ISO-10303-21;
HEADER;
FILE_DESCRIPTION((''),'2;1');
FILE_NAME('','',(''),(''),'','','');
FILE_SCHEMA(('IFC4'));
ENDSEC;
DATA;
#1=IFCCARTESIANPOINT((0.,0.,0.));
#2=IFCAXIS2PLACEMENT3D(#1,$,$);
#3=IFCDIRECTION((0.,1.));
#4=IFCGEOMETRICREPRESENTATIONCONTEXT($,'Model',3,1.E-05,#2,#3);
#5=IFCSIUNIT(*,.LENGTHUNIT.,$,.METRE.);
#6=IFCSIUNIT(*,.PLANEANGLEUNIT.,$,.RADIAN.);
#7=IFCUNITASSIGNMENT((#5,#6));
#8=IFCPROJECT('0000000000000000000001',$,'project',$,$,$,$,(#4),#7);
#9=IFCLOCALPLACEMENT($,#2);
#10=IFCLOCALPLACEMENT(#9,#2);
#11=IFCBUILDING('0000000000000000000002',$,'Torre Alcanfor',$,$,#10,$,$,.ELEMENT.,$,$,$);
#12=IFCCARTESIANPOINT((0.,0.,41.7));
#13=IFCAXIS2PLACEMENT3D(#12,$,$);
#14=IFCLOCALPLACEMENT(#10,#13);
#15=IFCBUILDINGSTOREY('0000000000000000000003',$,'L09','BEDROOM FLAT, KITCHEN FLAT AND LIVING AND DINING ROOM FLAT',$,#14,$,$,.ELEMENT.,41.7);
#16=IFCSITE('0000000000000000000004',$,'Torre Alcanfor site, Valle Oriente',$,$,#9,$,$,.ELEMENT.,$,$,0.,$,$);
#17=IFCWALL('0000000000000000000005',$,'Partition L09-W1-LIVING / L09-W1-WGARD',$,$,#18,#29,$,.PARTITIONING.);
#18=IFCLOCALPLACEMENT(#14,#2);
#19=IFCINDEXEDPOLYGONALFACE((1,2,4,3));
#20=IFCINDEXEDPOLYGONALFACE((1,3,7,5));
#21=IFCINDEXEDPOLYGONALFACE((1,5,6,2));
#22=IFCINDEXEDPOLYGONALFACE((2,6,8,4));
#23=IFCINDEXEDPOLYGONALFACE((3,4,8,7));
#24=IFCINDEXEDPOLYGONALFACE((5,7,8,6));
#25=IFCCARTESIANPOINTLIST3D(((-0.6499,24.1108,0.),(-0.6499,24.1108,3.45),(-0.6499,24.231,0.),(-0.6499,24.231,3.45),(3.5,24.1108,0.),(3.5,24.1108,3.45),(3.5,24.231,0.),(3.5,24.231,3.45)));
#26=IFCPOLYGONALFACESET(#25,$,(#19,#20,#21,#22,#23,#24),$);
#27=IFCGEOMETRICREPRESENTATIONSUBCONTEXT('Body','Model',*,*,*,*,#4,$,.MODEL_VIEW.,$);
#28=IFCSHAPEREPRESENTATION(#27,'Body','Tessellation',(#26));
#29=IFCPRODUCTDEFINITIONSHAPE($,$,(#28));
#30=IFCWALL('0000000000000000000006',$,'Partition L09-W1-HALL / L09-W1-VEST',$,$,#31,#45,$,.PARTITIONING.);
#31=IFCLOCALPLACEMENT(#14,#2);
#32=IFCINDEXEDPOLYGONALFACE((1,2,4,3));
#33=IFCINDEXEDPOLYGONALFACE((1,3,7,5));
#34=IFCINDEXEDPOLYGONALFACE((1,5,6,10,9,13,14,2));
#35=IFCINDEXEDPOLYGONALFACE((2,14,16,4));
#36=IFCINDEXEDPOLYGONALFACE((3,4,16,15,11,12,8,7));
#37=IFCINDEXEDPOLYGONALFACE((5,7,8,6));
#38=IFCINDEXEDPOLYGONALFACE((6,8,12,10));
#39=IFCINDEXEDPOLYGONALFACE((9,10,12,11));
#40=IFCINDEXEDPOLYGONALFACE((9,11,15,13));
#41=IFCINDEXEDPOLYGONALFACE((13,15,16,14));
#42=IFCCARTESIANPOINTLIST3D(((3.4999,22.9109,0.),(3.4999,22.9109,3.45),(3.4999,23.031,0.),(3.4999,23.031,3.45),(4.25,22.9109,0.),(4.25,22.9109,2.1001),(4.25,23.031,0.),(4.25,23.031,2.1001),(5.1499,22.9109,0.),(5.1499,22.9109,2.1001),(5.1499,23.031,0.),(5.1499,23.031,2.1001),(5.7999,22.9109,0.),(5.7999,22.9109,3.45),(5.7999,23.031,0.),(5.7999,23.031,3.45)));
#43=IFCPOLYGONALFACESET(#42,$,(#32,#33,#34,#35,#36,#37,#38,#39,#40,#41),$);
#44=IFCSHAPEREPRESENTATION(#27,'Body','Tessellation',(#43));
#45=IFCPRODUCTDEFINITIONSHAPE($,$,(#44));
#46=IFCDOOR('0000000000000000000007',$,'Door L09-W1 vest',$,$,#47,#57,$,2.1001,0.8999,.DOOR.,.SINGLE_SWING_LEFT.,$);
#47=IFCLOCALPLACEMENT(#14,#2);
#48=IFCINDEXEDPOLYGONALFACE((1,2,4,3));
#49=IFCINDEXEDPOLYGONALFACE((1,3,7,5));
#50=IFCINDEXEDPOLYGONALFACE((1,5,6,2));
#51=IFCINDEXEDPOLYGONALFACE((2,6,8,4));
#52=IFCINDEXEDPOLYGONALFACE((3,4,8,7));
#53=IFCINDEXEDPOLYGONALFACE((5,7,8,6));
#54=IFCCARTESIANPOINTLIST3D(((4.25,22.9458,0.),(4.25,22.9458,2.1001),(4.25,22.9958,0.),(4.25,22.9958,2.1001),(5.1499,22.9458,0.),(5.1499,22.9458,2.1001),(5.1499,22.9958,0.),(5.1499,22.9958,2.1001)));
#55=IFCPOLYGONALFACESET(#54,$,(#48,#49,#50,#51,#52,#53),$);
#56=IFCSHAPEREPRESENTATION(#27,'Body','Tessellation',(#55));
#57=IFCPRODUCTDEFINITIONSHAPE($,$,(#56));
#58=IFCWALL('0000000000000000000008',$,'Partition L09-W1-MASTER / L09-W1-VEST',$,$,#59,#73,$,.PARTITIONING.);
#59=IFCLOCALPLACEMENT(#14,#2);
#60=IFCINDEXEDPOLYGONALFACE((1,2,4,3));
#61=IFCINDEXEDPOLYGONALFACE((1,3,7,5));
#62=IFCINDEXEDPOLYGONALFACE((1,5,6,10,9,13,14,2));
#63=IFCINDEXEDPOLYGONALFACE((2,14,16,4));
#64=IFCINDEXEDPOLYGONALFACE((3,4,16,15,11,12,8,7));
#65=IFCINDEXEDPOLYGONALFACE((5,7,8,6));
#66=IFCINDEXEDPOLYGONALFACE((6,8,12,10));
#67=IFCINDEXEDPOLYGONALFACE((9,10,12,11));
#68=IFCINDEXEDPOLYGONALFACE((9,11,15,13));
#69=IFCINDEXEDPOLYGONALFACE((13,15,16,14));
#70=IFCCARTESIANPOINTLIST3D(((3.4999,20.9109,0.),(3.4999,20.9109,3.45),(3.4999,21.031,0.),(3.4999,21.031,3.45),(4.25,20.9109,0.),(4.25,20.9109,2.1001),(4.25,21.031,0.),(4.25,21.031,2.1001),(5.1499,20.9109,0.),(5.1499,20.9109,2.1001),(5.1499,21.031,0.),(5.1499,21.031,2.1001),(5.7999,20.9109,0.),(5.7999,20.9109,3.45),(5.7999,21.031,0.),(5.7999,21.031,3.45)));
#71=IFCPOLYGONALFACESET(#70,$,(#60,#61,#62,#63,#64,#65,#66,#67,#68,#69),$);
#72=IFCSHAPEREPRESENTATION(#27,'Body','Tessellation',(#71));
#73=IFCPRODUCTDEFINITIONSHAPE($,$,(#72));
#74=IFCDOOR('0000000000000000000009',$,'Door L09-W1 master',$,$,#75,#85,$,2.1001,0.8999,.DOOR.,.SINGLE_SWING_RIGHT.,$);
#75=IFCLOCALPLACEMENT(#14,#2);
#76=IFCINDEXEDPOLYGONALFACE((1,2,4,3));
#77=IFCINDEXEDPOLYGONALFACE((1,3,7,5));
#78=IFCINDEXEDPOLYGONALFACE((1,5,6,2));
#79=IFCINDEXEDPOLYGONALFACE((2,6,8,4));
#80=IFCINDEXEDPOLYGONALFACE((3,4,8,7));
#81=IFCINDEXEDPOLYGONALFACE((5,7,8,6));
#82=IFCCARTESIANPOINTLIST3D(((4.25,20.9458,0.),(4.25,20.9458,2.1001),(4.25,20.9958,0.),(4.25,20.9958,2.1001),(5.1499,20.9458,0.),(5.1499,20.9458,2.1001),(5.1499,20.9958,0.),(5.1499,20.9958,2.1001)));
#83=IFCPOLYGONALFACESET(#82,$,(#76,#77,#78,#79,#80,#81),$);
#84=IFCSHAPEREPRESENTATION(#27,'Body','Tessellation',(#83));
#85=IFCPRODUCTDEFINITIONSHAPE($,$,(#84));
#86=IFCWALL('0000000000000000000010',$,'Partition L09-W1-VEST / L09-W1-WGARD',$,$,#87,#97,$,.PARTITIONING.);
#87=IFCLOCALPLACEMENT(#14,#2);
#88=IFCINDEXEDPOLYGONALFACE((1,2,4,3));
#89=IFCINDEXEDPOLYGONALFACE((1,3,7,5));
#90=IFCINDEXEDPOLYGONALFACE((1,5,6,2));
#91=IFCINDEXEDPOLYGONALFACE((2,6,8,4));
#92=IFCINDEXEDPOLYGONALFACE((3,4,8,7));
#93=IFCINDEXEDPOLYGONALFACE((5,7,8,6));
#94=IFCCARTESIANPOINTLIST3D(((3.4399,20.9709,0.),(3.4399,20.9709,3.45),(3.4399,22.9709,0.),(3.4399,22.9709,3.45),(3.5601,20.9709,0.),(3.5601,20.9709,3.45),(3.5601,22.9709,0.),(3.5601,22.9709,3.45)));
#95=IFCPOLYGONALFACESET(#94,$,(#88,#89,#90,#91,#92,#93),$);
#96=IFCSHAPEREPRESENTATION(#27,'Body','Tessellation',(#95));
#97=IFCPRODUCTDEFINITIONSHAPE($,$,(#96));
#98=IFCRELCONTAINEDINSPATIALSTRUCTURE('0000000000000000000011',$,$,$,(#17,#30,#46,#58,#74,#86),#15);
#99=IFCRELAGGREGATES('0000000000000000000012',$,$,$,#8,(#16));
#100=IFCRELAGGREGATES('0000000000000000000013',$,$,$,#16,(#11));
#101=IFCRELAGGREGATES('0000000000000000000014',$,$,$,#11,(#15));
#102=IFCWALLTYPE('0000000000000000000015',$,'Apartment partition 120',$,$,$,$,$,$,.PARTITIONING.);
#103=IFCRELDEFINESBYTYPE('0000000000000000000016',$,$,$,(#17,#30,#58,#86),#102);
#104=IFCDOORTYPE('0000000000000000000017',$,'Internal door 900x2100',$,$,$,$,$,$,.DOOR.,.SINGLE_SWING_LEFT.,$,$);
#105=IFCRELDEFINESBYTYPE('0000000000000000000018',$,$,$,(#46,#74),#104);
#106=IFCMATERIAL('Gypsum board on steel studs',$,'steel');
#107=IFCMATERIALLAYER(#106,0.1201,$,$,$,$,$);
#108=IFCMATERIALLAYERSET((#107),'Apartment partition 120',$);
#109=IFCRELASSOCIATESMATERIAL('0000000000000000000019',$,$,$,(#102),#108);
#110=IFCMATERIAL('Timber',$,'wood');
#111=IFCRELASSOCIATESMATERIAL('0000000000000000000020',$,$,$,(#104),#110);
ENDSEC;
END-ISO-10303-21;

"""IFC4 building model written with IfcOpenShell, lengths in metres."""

from ifc_helpers import new_model, si_unit, direction, frame, frame_2d, origin, place, context, subcontext, project, spatial, rectangle, extrude, material, layer, layer_set, type_object, element, fill, save


model = new_model("IFC4")

# Units and contexts
model_context = context("Model", 3, precision=1e-05, world=origin(), true_north=direction((0.0, 1.0)))
body_context = subcontext(model_context, "Body", "Model", "MODEL_VIEW")
ifc_project = project(units=[si_unit("LENGTHUNIT", "METRE"), si_unit("PLANEANGLEUNIT", "RADIAN")], contexts=[model_context])

# Site, building, storey
site_placement = place(None, origin())
site = spatial("IfcSite", under=ifc_project, at=site_placement, Name="Torre Alcanfor site, Valle Oriente", CompositionType="ELEMENT", RefElevation=0.0)
building_placement = place(site_placement, origin())
building = spatial("IfcBuilding", under=site, at=building_placement, Name="Torre Alcanfor", CompositionType="ELEMENT")
storey_placement = place(building_placement, frame((0.0, 0.0, 41.7)))
storey = spatial("IfcBuildingStorey", under=building, at=storey_placement, Name="L09", Description="BEDROOM FLAT, KITCHEN FLAT AND LIVING AND DINING ROOM FLAT", CompositionType="ELEMENT", Elevation=41.7)

# Shared definitions
ifc_material_1 = material(Name="Gypsum board on steel studs", Category="steel")
ifc_layer_1 = layer(ifc_material_1, 0.1201)
ifc_layer_set_1 = layer_set([ifc_layer_1], Name="Apartment partition 120")
wall_type_1 = type_object("IfcWallType", Name="Apartment partition 120", PredefinedType="PARTITIONING", material=ifc_layer_set_1)
ifc_material_2 = material(Name="Timber", Category="wood")
door_type = type_object("IfcDoorType", Name="Internal door 900x2100", OperationType="SINGLE_SWING_LEFT", PredefinedType="DOOR", material=ifc_material_2)

# Wall
wall_1_placement = place(storey_placement, frame((-0.6499, 24.1709, 0.0), z_axis=(0.0, 0.0, 1.0), x_axis=(1.0, 0.0, 0.0)))
element("IfcWall", 1, at=wall_1_placement, inside=storey, type_object=wall_type_1, Name="Partition L09-W1-LIVING / L09-W1-WGARD", PredefinedType="PARTITIONING", context=body_context, shape_type="SweptSolid", body=[
    extrude(rectangle(XDim=4.1499, YDim=0.1201, at=frame_2d((2.075, 0.0))), origin(), (0.0, 0.0, 1.0), 3.45),
])

# Walls, openings, doors
wall_2_placement = place(storey_placement, frame((3.5, 22.9709, 0.0), z_axis=(0.0, 0.0, 1.0), x_axis=(1.0, 0.0, 0.0)))
wall_2 = element("IfcWall", 2, at=wall_2_placement, inside=storey, type_object=wall_type_1, Name="Partition L09-W1-HALL / L09-W1-VEST", PredefinedType="PARTITIONING", context=body_context, shape_type="SweptSolid", body=[
    extrude(rectangle(XDim=2.3, YDim=0.1201, at=frame_2d((1.1499, 0.0))), origin(), (0.0, 0.0, 1.0), 3.45),
])
opening_1_placement = place(wall_2_placement, frame((0.75, 0.0, 0.0)))
opening_1 = element("IfcOpeningElement", 3, at=opening_1_placement, cuts=wall_2, PredefinedType="OPENING", context=body_context, shape_type="SweptSolid", body=[
    extrude(rectangle(XDim=0.8999, YDim=2.1001, at=frame_2d((0.45, 1.05))), frame((0.0, 0.0701, 0.0), z_axis=(0.0, -1.0, 0.0), x_axis=(1.0, 0.0, 0.0)), (0.0, 0.0, 1.0), 0.1401),
])
door_1_placement = place(opening_1_placement, frame((0.8999, 0.0, 0.0), z_axis=(0.0, 0.0, 1.0), x_axis=(-1.0, 0.0, 0.0)))
door_1 = element("IfcDoor", 4, at=door_1_placement, inside=storey, type_object=door_type, Name="Door L09-W1 vest", OperationType="SINGLE_SWING_LEFT", OverallHeight=2.1001, OverallWidth=0.8999, PredefinedType="DOOR", context=body_context, shape_type="SweptSolid", body=[
    extrude(rectangle(XDim=0.8999, YDim=2.1001, at=frame_2d((0.45, 1.05))), frame((0.0, 0.0251, 0.0), z_axis=(0.0, -1.0, 0.0), x_axis=(1.0, 0.0, 0.0)), (0.0, 0.0, 1.0), 0.05),
])
fill(opening_1, door_1)
wall_3_placement = place(storey_placement, frame((3.5, 20.9709, 0.0), z_axis=(0.0, 0.0, 1.0), x_axis=(1.0, 0.0, 0.0)))
wall_3 = element("IfcWall", 5, at=wall_3_placement, inside=storey, type_object=wall_type_1, Name="Partition L09-W1-MASTER / L09-W1-VEST", PredefinedType="PARTITIONING", context=body_context, shape_type="SweptSolid", body=[
    extrude(rectangle(XDim=2.3, YDim=0.1201, at=frame_2d((1.1499, 0.0))), origin(), (0.0, 0.0, 1.0), 3.45),
])
opening_2_placement = place(wall_3_placement, frame((0.75, 0.0, 0.0)))
opening_2 = element("IfcOpeningElement", 6, at=opening_2_placement, cuts=wall_3, PredefinedType="OPENING", context=body_context, shape_type="SweptSolid", body=[
    extrude(rectangle(XDim=0.8999, YDim=2.1001, at=frame_2d((0.45, 1.05))), frame((0.0, 0.0701, 0.0), z_axis=(0.0, -1.0, 0.0), x_axis=(1.0, 0.0, 0.0)), (0.0, 0.0, 1.0), 0.1401),
])
door_2_placement = place(opening_2_placement, origin())
door_2 = element("IfcDoor", 7, at=door_2_placement, inside=storey, type_object=door_type, Name="Door L09-W1 master", OperationType="SINGLE_SWING_RIGHT", OverallHeight=2.1001, OverallWidth=0.8999, PredefinedType="DOOR", context=body_context, shape_type="SweptSolid", body=[
    extrude(rectangle(XDim=0.8999, YDim=2.1001, at=frame_2d((0.45, 1.05))), frame((0.0, 0.0249, 0.0), z_axis=(0.0, -1.0, 0.0), x_axis=(1.0, 0.0, 0.0)), (0.0, 0.0, 1.0), 0.05),
])
fill(opening_2, door_2)

# Wall
wall_4_placement = place(storey_placement, frame((3.5, 22.9709, 0.0), z_axis=(0.0, 0.0, 1.0), x_axis=(0.0, -1.0, 0.0)))
element("IfcWall", 8, at=wall_4_placement, inside=storey, type_object=wall_type_1, Name="Partition L09-W1-VEST / L09-W1-WGARD", PredefinedType="PARTITIONING", context=body_context, shape_type="SweptSolid", body=[
    extrude(rectangle(XDim=2.0, YDim=0.1201, at=frame_2d((1.0, 0.0))), origin(), (0.0, 0.0, 1.0), 3.45),
])

save(model, "model.ifc")
